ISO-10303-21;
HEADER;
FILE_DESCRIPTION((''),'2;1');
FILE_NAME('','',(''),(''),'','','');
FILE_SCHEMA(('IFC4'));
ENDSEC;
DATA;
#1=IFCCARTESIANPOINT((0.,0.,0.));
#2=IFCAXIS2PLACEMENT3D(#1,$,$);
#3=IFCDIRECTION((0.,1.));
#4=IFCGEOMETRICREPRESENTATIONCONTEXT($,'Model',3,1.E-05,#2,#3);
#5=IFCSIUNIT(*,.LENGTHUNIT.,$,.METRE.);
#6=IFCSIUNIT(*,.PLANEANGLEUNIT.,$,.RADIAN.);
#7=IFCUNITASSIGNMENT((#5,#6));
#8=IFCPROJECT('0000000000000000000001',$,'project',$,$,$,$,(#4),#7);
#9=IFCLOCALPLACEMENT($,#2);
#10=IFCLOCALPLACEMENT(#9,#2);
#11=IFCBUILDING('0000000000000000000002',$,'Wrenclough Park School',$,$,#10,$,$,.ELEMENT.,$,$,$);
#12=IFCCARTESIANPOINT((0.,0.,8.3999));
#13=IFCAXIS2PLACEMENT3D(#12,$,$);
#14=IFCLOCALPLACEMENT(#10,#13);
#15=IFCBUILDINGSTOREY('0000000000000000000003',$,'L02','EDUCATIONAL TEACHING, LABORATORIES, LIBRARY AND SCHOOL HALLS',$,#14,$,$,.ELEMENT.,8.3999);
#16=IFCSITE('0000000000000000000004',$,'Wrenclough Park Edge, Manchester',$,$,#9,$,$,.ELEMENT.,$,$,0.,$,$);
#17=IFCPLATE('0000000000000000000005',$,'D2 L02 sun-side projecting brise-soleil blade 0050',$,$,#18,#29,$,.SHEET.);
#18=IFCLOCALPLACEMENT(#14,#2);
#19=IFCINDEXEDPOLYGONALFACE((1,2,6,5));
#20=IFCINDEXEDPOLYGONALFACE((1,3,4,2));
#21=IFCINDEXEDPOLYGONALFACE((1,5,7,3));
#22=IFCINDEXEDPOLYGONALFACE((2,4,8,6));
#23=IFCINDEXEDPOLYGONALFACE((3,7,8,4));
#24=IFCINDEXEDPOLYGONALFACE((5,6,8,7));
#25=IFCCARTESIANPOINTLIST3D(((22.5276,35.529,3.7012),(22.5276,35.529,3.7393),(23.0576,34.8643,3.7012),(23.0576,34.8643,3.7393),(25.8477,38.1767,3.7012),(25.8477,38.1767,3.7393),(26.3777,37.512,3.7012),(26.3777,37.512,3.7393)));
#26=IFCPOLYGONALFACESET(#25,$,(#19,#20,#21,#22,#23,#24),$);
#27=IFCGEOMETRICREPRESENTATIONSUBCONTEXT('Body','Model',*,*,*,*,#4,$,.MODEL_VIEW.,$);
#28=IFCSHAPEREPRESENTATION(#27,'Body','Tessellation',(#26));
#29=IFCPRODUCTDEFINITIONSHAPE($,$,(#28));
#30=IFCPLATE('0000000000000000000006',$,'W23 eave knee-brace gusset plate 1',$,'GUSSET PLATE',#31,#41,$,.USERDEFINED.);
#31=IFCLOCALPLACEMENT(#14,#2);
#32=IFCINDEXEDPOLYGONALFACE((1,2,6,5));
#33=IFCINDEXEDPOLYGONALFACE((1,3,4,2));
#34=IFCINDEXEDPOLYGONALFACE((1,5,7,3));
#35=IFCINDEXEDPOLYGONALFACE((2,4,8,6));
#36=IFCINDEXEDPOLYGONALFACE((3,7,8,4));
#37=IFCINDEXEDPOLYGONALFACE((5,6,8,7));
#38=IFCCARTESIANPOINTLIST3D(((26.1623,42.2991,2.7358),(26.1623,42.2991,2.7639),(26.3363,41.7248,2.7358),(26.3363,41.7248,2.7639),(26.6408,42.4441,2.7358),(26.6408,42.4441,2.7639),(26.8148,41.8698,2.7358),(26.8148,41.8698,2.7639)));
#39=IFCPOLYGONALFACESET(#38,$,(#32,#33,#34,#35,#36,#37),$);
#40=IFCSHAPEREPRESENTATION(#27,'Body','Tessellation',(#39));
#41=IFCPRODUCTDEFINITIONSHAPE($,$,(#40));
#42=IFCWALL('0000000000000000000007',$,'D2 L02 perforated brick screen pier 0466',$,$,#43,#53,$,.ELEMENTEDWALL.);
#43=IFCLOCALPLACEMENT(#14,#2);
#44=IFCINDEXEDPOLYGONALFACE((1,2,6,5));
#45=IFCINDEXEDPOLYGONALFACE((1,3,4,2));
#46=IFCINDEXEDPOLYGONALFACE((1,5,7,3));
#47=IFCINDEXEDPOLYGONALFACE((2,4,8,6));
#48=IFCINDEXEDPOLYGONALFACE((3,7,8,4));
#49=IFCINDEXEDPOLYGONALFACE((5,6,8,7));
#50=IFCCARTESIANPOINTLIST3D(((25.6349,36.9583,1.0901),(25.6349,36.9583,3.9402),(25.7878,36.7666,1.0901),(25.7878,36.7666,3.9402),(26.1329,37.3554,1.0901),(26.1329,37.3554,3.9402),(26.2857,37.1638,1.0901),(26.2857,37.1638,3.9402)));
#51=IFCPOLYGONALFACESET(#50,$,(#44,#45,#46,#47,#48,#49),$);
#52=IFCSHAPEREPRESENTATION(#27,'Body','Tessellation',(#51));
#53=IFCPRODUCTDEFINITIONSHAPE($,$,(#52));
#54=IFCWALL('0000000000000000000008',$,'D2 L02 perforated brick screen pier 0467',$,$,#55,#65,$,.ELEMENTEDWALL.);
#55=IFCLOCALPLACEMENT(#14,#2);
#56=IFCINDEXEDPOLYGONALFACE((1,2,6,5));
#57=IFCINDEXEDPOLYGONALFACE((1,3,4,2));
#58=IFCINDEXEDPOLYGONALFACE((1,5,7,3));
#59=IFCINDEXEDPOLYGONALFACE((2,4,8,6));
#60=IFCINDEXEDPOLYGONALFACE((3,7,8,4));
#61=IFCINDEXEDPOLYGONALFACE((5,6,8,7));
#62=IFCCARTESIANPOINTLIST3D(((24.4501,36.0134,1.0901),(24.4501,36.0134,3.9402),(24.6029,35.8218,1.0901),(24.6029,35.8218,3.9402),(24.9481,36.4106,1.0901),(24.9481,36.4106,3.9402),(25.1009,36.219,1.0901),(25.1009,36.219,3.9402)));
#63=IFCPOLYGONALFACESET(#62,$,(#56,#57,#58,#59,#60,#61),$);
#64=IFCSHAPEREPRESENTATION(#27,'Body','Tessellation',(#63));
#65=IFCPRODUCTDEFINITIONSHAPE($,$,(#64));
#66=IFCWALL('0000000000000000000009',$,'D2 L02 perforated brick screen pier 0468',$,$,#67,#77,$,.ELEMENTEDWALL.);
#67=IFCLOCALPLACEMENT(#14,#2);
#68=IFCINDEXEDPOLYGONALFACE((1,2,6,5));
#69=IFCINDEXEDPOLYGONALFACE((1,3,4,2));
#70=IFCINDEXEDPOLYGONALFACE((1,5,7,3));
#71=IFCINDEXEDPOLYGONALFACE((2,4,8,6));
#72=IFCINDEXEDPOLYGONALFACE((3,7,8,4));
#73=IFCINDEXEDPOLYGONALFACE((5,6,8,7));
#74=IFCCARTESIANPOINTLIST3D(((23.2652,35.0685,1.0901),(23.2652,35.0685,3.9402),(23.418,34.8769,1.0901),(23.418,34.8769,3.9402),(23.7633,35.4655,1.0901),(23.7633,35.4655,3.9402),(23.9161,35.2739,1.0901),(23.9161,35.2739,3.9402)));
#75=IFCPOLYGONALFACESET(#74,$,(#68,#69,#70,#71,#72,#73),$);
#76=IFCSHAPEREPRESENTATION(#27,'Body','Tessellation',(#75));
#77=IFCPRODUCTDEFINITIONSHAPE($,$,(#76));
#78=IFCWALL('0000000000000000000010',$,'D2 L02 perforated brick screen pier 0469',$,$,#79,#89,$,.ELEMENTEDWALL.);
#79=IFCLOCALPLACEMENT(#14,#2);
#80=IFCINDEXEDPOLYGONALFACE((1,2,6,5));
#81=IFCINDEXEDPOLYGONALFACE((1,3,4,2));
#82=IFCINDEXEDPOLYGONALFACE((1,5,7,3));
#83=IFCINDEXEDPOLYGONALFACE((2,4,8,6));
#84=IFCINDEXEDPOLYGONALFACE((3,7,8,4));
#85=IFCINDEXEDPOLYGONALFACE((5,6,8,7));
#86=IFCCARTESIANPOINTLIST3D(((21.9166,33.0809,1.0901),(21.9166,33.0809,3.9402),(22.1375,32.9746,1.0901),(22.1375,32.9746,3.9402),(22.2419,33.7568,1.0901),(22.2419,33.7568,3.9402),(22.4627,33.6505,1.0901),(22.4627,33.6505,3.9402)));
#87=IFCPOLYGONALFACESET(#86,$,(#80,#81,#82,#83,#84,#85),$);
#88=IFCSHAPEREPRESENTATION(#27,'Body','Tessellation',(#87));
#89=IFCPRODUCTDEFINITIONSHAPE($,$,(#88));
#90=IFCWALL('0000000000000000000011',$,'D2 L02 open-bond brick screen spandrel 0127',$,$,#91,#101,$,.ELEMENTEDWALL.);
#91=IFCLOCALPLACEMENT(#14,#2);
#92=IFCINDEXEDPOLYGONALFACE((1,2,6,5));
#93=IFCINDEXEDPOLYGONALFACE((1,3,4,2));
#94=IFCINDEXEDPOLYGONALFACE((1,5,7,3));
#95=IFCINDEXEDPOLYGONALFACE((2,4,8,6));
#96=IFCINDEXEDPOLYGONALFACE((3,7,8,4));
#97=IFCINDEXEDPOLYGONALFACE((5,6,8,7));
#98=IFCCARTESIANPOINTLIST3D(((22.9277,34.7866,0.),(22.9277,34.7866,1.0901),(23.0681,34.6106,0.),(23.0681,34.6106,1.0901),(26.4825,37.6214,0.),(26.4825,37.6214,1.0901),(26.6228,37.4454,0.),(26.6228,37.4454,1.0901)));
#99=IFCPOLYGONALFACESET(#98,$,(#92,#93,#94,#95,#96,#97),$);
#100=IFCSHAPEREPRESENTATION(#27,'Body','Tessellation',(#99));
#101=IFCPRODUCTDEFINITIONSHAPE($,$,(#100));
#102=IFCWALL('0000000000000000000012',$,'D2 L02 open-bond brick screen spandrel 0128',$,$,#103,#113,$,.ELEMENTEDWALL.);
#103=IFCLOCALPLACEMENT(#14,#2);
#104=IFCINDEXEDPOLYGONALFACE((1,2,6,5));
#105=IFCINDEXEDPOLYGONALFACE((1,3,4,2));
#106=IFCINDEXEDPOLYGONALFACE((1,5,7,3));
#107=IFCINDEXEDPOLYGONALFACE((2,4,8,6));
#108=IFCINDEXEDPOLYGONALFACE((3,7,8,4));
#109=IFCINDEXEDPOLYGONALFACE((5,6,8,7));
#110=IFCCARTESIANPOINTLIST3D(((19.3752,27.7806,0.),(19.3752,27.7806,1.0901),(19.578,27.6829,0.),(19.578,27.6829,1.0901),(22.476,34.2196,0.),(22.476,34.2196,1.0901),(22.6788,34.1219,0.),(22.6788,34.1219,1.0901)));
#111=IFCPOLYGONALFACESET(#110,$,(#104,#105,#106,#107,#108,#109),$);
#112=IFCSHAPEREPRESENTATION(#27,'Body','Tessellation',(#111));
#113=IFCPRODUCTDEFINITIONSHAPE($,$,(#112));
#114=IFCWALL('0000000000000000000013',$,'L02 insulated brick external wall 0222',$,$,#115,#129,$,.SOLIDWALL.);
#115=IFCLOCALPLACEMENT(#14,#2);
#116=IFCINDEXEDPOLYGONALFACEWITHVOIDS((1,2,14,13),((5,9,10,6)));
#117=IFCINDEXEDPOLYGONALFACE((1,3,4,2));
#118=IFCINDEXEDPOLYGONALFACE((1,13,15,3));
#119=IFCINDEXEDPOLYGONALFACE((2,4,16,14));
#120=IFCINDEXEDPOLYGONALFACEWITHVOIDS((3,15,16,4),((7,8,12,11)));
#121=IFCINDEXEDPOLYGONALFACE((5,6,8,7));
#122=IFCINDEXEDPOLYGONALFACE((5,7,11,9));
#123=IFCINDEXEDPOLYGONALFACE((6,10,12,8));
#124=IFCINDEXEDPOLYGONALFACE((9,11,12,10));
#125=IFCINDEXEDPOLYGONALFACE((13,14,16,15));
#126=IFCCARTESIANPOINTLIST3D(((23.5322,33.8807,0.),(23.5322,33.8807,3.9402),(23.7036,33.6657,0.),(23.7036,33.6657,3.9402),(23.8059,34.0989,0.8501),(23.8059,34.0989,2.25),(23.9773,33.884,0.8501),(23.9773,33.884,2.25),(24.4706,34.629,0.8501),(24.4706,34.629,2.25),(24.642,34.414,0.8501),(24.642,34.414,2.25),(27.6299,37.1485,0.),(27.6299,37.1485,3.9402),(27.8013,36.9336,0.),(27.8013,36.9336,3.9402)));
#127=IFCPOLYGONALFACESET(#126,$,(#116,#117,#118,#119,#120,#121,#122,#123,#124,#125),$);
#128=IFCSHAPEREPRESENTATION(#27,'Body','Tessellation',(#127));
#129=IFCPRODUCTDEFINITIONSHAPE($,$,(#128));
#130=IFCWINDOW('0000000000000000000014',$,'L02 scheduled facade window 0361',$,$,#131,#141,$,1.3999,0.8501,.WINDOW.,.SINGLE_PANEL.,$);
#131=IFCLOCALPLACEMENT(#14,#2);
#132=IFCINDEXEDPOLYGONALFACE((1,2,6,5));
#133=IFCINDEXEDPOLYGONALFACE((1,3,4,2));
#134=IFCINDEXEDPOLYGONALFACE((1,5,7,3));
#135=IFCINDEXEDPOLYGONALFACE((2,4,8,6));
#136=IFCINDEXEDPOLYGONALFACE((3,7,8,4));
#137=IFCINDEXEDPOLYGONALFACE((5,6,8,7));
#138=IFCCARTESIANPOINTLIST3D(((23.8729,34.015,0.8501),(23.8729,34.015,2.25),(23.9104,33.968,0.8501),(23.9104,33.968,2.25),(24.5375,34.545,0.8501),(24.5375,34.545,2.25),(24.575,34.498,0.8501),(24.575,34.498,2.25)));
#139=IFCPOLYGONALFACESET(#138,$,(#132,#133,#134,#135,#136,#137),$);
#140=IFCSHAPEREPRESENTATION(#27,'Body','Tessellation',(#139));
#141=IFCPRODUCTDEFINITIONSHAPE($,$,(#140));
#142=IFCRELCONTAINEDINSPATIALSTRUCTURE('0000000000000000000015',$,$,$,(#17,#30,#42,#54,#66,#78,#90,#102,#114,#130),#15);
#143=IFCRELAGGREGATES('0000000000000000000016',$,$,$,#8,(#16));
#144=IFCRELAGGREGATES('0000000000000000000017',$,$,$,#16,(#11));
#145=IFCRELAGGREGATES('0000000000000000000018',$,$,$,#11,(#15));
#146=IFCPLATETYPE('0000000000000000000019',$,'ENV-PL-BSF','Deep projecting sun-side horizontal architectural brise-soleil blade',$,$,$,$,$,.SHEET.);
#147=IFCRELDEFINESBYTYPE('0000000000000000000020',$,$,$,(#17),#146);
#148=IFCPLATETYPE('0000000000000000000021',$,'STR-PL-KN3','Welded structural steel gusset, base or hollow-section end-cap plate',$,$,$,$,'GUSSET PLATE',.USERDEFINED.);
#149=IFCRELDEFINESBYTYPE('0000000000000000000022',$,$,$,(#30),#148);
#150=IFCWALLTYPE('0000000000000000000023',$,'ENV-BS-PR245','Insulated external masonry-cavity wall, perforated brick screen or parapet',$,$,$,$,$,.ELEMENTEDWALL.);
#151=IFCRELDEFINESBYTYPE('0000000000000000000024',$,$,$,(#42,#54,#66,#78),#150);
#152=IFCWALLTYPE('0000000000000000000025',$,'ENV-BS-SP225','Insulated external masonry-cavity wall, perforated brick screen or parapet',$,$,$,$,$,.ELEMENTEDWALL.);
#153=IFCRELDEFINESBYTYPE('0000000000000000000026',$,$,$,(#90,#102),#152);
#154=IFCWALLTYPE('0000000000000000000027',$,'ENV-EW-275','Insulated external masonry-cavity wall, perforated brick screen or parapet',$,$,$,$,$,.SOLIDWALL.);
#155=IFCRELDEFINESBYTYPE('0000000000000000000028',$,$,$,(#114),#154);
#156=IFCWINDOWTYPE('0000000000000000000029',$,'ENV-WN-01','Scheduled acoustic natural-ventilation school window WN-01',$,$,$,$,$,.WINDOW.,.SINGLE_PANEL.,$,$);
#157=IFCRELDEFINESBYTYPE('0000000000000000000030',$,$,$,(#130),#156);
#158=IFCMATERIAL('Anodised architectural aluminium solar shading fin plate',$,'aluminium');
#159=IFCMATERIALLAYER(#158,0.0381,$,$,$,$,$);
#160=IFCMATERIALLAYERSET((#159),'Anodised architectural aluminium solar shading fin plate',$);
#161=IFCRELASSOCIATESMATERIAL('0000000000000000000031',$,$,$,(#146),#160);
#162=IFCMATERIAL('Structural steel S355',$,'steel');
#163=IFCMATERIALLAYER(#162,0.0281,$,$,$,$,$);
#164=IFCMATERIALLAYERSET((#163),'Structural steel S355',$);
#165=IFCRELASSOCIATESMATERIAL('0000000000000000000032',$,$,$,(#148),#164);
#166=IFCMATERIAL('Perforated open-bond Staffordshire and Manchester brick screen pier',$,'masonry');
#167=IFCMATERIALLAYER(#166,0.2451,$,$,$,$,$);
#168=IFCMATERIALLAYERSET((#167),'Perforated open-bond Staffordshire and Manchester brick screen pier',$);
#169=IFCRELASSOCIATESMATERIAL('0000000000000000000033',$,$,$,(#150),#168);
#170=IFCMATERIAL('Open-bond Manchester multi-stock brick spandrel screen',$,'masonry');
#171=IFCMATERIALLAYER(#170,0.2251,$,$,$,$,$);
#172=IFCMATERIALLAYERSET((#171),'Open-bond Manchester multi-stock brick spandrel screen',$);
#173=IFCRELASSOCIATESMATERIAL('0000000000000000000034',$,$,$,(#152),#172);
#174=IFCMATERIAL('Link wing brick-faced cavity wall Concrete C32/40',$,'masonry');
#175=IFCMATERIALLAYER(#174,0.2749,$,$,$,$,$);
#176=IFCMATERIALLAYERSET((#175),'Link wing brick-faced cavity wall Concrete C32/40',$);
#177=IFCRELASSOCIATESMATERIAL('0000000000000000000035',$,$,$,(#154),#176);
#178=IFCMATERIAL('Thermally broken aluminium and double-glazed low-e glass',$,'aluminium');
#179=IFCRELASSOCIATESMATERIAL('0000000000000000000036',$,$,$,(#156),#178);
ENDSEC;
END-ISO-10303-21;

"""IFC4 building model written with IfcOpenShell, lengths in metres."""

from ifc_helpers import new_model, si_unit, direction, frame, frame_2d, origin, origin_2d, place, context, subcontext, project, spatial, rectangle, extrude, material, layer, layer_set, type_object, element, fill, save


model = new_model("IFC4")

# Units and contexts
model_context = context("Model", 3, precision=1e-05, world=origin(), true_north=direction((0.0, 1.0)))
body_context = subcontext(model_context, "Body", "Model", "MODEL_VIEW")
ifc_project = project(units=[si_unit("LENGTHUNIT", "METRE"), si_unit("PLANEANGLEUNIT", "RADIAN")], contexts=[model_context])

# Site, building, storey
site_placement = place(None, origin())
site = spatial("IfcSite", under=ifc_project, at=site_placement, Name="Wrenclough Park Edge, Manchester", CompositionType="ELEMENT", RefElevation=0.0)
building_placement = place(site_placement, origin())
building = spatial("IfcBuilding", under=site, at=building_placement, Name="Wrenclough Park School", CompositionType="ELEMENT")
storey_placement = place(building_placement, frame((0.0, 0.0, 8.3999)))
storey = spatial("IfcBuildingStorey", under=building, at=storey_placement, Name="L02", Description="EDUCATIONAL TEACHING, LABORATORIES, LIBRARY AND SCHOOL HALLS", CompositionType="ELEMENT", Elevation=8.3999)

# Shared definitions
ifc_material_1 = material(Name="Structural steel S355", Category="steel")

# Plates
ifc_material_2 = material(Name="Anodised architectural aluminium solar shading fin plate", Category="aluminium")
ifc_layer_1 = layer(ifc_material_2, 0.0381)
ifc_layer_set_1 = layer_set([ifc_layer_1], Name="Anodised architectural aluminium solar shading fin plate")
plate_type_1 = type_object("IfcPlateType", Name="ENV-PL-BSF", Description="Deep projecting sun-side horizontal architectural brise-soleil blade", PredefinedType="SHEET", material=ifc_layer_set_1)
plate_1_placement = place(storey_placement, frame((24.4526, 36.5205, 3.7012), z_axis=(0.0, 0.0, 1.0), x_axis=(-0.781831, -0.62349, 0.0)))
element("IfcPlate", 1, at=plate_1_placement, inside=storey, type_object=plate_type_1, Name="D2 L02 sun-side projecting brise-soleil blade 0050", PredefinedType="SHEET", context=body_context, shape_type="SweptSolid", body=[
    extrude(rectangle(XDim=4.2466, YDim=0.8501, at=origin_2d()), origin(), (0.0, 0.0, 1.0), 0.0381),
])
ifc_layer_2 = layer(ifc_material_1, 0.0281)
ifc_layer_set_2 = layer_set([ifc_layer_2], Name="Structural steel S355")
plate_type_2 = type_object("IfcPlateType", Name="STR-PL-KN3", Description="Welded structural steel gusset, base or hollow-section end-cap plate", ElementType="GUSSET PLATE", PredefinedType="USERDEFINED", material=ifc_layer_set_2)
plate_2_placement = place(storey_placement, frame((26.4885, 42.0845, 2.7358), z_axis=(0.0, 0.0, 1.0), x_axis=(-0.290007, 0.957024, 0.0)))
element("IfcPlate", 2, at=plate_2_placement, inside=storey, type_object=plate_type_2, Name="W23 eave knee-brace gusset plate 1", ObjectType="GUSSET PLATE", PredefinedType="USERDEFINED", context=body_context, shape_type="SweptSolid", body=[
    extrude(rectangle(XDim=0.6001, YDim=0.5, at=origin_2d()), origin(), (0.0, 0.0, 1.0), 0.0281),
])

# Walls
ifc_material_3 = material(Name="Perforated open-bond Staffordshire and Manchester brick screen pier", Category="masonry")
ifc_layer_3 = layer(ifc_material_3, 0.2451)
ifc_layer_set_3 = layer_set([ifc_layer_3], Name="Perforated open-bond Staffordshire and Manchester brick screen pier")
wall_type_1 = type_object("IfcWallType", Name="ENV-BS-PR245", Description="Insulated external masonry-cavity wall, perforated brick screen or parapet", PredefinedType="ELEMENTEDWALL", material=ifc_layer_set_3)
for number, where, z_axis, x_axis, name in (
    (3, (26.2092, 37.2595, 1.0901), (0.0, 0.0, 1.0), (-0.781803, -0.623526, 0.0), "D2 L02 perforated brick screen pier 0466"),
    (4, (25.0244, 36.3147, 1.0901), (0.0, 0.0, 1.0), (-0.781803, -0.623526, 0.0), "D2 L02 perforated brick screen pier 0467"),
    (5, (23.8396, 35.3696, 1.0901), (0.0, 0.0, 1.0), (-0.781989, -0.623292, 0.0), "D2 L02 perforated brick screen pier 0468"),
):
    element("IfcWall", number, at=place(storey_placement, frame(where, z_axis=z_axis, x_axis=x_axis)), inside=storey, type_object=wall_type_1, Name=name, PredefinedType="ELEMENTEDWALL", context=body_context, shape_type="SweptSolid", body=[
        extrude(rectangle(XDim=0.637, YDim=0.2451, at=frame_2d((0.3184, 0.0))), origin(), (0.0, 0.0, 1.0), 2.8501),
    ])
wall_1_placement = place(storey_placement, frame((22.3523, 33.7036, 1.0901), z_axis=(0.0, 0.0, 1.0), x_axis=(-0.43362, -0.901096, 0.0)))
element("IfcWall", 6, at=wall_1_placement, inside=storey, type_object=wall_type_1, Name="D2 L02 perforated brick screen pier 0469", PredefinedType="ELEMENTEDWALL", context=body_context, shape_type="SweptSolid", body=[
    extrude(rectangle(XDim=0.75, YDim=0.2451, at=frame_2d((0.375, 0.0))), origin(), (0.0, 0.0, 1.0), 2.8501),
])
ifc_material_4 = material(Name="Open-bond Manchester multi-stock brick spandrel screen", Category="masonry")
ifc_layer_4 = layer(ifc_material_4, 0.2251)
ifc_layer_set_4 = layer_set([ifc_layer_4], Name="Open-bond Manchester multi-stock brick spandrel screen")
wall_type_2 = type_object("IfcWallType", Name="ENV-BS-SP225", Description="Insulated external masonry-cavity wall, perforated brick screen or parapet", PredefinedType="ELEMENTEDWALL", material=ifc_layer_set_4)
wall_2_placement = place(storey_placement, frame((26.5527, 37.5334, 0.0), z_axis=(0.0, 0.0, 1.0), x_axis=(-0.781837, -0.623483, 0.0)))
element("IfcWall", 7, at=wall_2_placement, inside=storey, type_object=wall_type_2, Name="D2 L02 open-bond brick screen spandrel 0127", PredefinedType="ELEMENTEDWALL", context=body_context, shape_type="SweptSolid", body=[
    extrude(rectangle(XDim=4.5466, YDim=0.2251, at=frame_2d((2.2734, 0.0))), origin(), (0.0, 0.0, 1.0), 1.0901),
])
wall_3_placement = place(storey_placement, frame((22.5774, 34.1707, 0.0), z_axis=(0.0, 0.0, 1.0), x_axis=(-0.433882, -0.90097, 0.0)))
element("IfcWall", 8, at=wall_3_placement, inside=storey, type_object=wall_type_2, Name="D2 L02 open-bond brick screen spandrel 0128", PredefinedType="ELEMENTEDWALL", context=body_context, shape_type="SweptSolid", body=[
    extrude(rectangle(XDim=7.1467, YDim=0.2251, at=frame_2d((3.5732, 0.0))), origin(), (0.0, 0.0, 1.0), 1.0901),
])

# Wall, opening, window
ifc_material_5 = material(Name="Link wing brick-faced cavity wall Concrete C32/40", Category="masonry")
ifc_layer_5 = layer(ifc_material_5, 0.2749)
ifc_layer_set_5 = layer_set([ifc_layer_5], Name="Link wing brick-faced cavity wall Concrete C32/40")
wall_type_3 = type_object("IfcWallType", Name="ENV-EW-275", Description="Insulated external masonry-cavity wall, perforated brick screen or parapet", PredefinedType="SOLIDWALL", material=ifc_layer_set_5)
wall_4_placement = place(storey_placement, frame((23.6179, 33.7732, 0.0), z_axis=(0.0, 0.0, 1.0), x_axis=(0.781827, 0.623496, 0.0)))
wall_4 = element("IfcWall", 9, at=wall_4_placement, inside=storey, type_object=wall_type_3, Name="L02 insulated brick external wall 0222", PredefinedType="SOLIDWALL", context=body_context, shape_type="SweptSolid", body=[
    extrude(rectangle(XDim=5.2412, YDim=0.2749, at=frame_2d((2.6206, 0.0))), origin(), (0.0, 0.0, 1.0), 3.9402),
])
opening_1_placement = place(wall_4_placement, frame((0.3501, 0.0, 0.8501)))
opening_1 = element("IfcOpeningElement", 10, at=opening_1_placement, cuts=wall_4, PredefinedType="OPENING", context=body_context, shape_type="SweptSolid", body=[
    extrude(rectangle(XDim=0.8501, YDim=1.3999, at=frame_2d((0.425, 0.7))), frame((0.0, 0.1475, 0.0), z_axis=(0.0, -1.0, 0.0), x_axis=(1.0, 0.0, 0.0)), (0.0, 0.0, 1.0), 0.2949),
])
ifc_material_6 = material(Name="Thermally broken aluminium and double-glazed low-e glass", Category="aluminium")
window_type_1 = type_object("IfcWindowType", Name="ENV-WN-01", Description="Scheduled acoustic natural-ventilation school window WN-01", PartitioningType="SINGLE_PANEL", PredefinedType="WINDOW", material=ifc_material_6)
window_1_placement = place(opening_1_placement, origin())
window_1 = element("IfcWindow", 11, at=window_1_placement, inside=storey, type_object=window_type_1, Name="L02 scheduled facade window 0361", OverallHeight=1.3999, OverallWidth=0.8501, PartitioningType="SINGLE_PANEL", PredefinedType="WINDOW", context=body_context, shape_type="SweptSolid", body=[
    extrude(rectangle(XDim=0.8501, YDim=1.3999, at=frame_2d((0.425, 0.7))), frame((0.0, 0.03, 0.0), z_axis=(0.0, -1.0, 0.0), x_axis=(1.0, 0.0, 0.0)), (0.0, 0.0, 1.0), 0.0601),
])
fill(opening_1, window_1)

save(model, "model.ifc")
